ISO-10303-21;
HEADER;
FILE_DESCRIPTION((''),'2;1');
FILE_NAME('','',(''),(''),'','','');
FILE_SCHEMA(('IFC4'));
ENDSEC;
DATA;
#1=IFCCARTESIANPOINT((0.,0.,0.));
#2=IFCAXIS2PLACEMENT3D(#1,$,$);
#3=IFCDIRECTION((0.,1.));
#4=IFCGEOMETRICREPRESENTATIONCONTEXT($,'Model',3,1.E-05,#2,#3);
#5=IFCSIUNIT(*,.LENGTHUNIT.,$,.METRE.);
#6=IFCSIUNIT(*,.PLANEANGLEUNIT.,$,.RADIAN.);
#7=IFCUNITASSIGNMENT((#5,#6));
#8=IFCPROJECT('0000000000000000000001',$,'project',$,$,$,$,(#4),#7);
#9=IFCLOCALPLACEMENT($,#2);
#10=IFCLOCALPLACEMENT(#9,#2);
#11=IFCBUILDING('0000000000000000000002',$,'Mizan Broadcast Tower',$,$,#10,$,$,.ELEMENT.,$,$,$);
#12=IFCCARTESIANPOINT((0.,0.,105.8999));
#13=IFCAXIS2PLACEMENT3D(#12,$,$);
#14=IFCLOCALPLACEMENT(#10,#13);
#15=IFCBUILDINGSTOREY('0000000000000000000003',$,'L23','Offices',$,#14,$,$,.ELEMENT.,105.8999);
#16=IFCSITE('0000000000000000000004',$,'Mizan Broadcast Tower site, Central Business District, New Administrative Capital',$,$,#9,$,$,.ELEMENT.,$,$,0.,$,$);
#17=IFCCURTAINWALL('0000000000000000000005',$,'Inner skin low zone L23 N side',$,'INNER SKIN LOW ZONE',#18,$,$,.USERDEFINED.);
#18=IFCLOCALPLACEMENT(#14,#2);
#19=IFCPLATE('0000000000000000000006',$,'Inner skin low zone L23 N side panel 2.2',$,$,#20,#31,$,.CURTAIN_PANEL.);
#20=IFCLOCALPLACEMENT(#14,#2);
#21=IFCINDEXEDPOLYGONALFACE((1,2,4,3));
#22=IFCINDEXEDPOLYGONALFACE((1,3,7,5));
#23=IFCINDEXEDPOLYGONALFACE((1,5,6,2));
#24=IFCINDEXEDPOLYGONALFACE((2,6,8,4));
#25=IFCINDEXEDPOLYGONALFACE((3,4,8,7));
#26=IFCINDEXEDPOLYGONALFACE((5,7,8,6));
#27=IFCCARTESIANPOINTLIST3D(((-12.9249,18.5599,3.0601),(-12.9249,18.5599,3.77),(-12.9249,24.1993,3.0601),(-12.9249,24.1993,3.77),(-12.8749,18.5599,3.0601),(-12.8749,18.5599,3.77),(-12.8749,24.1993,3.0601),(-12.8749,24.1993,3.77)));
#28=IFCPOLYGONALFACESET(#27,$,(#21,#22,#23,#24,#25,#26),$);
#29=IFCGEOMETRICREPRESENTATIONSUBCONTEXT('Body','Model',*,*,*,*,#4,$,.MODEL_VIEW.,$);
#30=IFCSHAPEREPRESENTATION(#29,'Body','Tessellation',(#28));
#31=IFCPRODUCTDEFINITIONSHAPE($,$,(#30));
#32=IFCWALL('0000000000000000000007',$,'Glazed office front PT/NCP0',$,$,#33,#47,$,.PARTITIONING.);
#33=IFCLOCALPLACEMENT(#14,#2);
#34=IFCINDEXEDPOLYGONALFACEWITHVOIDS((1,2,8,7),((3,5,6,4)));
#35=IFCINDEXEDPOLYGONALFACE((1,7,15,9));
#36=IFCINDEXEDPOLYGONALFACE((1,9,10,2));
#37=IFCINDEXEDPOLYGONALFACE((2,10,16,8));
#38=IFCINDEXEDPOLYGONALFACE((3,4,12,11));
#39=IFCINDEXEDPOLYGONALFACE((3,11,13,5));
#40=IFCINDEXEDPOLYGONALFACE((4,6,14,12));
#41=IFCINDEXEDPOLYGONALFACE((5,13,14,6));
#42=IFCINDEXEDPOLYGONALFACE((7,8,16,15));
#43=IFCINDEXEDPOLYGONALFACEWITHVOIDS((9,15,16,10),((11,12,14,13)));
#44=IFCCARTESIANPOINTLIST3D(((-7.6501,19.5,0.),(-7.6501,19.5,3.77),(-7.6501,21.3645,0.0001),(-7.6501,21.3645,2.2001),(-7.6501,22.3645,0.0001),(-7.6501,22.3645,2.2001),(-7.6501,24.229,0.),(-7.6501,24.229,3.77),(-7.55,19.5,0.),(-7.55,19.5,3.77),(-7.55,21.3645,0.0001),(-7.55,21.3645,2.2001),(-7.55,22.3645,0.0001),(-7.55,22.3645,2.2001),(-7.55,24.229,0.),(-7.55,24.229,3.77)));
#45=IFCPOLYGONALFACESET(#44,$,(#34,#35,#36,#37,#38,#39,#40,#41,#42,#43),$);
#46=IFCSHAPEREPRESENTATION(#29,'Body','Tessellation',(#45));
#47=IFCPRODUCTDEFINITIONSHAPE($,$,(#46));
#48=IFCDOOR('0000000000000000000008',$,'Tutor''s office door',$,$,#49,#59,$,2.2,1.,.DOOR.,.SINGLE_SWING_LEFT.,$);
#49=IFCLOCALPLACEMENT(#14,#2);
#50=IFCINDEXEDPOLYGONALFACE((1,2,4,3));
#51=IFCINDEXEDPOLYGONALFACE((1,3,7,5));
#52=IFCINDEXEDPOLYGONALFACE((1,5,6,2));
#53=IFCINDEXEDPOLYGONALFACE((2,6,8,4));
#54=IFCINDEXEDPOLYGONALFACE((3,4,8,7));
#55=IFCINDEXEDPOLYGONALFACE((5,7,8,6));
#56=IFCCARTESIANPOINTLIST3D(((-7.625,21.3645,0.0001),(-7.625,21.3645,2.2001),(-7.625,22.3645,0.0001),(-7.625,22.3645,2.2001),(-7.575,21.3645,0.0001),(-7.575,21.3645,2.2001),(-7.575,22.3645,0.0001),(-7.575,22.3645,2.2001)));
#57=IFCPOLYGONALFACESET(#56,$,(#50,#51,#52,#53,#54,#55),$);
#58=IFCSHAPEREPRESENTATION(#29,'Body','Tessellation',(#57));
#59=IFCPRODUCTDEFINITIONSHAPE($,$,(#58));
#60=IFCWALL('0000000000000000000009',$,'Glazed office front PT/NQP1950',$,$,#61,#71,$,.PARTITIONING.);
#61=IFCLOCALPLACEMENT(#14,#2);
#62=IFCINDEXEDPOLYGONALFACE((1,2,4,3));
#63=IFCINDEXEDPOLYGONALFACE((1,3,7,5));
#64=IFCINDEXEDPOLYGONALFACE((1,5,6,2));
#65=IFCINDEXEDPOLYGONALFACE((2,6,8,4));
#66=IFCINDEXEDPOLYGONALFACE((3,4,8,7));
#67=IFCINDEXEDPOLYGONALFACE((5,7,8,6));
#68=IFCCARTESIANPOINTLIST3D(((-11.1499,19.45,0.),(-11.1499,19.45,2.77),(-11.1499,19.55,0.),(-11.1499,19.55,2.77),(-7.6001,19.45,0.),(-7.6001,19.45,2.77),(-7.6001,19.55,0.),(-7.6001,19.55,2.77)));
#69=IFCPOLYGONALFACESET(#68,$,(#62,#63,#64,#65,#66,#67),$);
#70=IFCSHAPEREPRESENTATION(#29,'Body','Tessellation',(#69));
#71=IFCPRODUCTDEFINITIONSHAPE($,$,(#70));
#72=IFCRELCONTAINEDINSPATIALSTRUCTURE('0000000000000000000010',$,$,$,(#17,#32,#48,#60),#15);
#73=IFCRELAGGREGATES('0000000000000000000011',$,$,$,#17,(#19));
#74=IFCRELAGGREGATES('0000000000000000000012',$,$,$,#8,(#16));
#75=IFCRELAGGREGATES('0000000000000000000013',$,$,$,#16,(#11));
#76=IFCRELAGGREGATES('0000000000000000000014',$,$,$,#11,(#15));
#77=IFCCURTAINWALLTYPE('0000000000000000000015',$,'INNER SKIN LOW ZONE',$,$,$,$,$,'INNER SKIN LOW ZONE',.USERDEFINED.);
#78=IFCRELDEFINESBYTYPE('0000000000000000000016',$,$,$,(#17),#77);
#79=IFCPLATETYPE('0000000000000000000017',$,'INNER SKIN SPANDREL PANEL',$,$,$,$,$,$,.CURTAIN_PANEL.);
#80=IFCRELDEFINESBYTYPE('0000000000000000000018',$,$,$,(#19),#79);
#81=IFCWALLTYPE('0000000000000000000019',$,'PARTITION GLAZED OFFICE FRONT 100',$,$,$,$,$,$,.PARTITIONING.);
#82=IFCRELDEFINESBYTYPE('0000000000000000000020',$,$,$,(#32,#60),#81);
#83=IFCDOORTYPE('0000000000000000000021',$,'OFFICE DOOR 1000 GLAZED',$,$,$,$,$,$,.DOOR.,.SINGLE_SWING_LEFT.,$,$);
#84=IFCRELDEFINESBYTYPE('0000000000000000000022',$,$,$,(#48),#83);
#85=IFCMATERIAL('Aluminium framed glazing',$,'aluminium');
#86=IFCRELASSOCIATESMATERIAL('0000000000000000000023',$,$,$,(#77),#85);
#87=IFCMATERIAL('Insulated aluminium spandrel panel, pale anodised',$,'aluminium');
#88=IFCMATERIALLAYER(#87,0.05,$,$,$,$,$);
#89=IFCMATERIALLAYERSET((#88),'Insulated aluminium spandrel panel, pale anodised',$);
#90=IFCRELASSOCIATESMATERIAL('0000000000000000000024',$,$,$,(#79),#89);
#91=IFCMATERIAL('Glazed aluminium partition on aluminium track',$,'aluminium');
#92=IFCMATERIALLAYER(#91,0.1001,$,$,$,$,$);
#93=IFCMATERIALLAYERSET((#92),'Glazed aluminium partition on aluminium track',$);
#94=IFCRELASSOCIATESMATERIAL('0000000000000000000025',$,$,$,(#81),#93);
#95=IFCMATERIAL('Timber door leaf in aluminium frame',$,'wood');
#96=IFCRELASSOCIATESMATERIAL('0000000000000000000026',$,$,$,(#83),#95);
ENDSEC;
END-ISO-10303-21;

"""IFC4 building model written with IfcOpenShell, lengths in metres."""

from ifc_helpers import new_model, si_unit, direction, frame, frame_2d, origin, origin_2d, place, context, subcontext, project, spatial, rectangle, extrude, material, layer, layer_set, type_object, element, fill, aggregate, save


model = new_model("IFC4")

# Units and contexts
model_context = context("Model", 3, precision=1e-05, world=origin(), true_north=direction((0.0, 1.0)))
body_context = subcontext(model_context, "Body", "Model", "MODEL_VIEW")
ifc_project = project(units=[si_unit("LENGTHUNIT", "METRE"), si_unit("PLANEANGLEUNIT", "RADIAN")], contexts=[model_context])

# Site, building, storey
site_placement = place(None, origin())
site = spatial("IfcSite", under=ifc_project, at=site_placement, Name="Mizan Broadcast Tower site, Central Business District, New Administrative Capital", CompositionType="ELEMENT", RefElevation=0.0)
building_placement = place(site_placement, origin())
building = spatial("IfcBuilding", under=site, at=building_placement, Name="Mizan Broadcast Tower", CompositionType="ELEMENT")
storey_placement = place(building_placement, frame((0.0, 0.0, 105.8999)))
storey = spatial("IfcBuildingStorey", under=building, at=storey_placement, Name="L23", Description="Offices", CompositionType="ELEMENT", Elevation=105.8999)

# Curtain wall, plate
ifc_material_1 = material(Name="Aluminium framed glazing", Category="aluminium")
curtain_wall_type = type_object("IfcCurtainWallType", Name="INNER SKIN LOW ZONE", ElementType="INNER SKIN LOW ZONE", PredefinedType="USERDEFINED", material=ifc_material_1)
curtain_wall_placement = place(storey_placement, origin())
curtain_wall = element("IfcCurtainWall", 1, at=curtain_wall_placement, inside=storey, type_object=curtain_wall_type, Name="Inner skin low zone L23 N side", ObjectType="INNER SKIN LOW ZONE", PredefinedType="USERDEFINED")
ifc_material_2 = material(Name="Insulated aluminium spandrel panel, pale anodised", Category="aluminium")
ifc_layer_1 = layer(ifc_material_2, 0.05)
ifc_layer_set_1 = layer_set([ifc_layer_1], Name="Insulated aluminium spandrel panel, pale anodised")
plate_type = type_object("IfcPlateType", Name="INNER SKIN SPANDREL PANEL", PredefinedType="CURTAIN_PANEL", material=ifc_layer_set_1)
plate_placement = place(storey_placement, frame((-12.8999, 21.3796, 3.0601), z_axis=(0.0, 0.0, 1.0), x_axis=(0.0, -1.0, 0.0)))
plate = element("IfcPlate", 2, at=plate_placement, type_object=plate_type, Name="Inner skin low zone L23 N side panel 2.2", PredefinedType="CURTAIN_PANEL", context=body_context, shape_type="SweptSolid", body=[
    extrude(rectangle(XDim=5.6394, YDim=0.05, at=origin_2d()), origin(), (0.0, 0.0, 1.0), 0.71),
])
aggregate(curtain_wall, [plate])

# Wall, opening, door
ifc_material_3 = material(Name="Glazed aluminium partition on aluminium track", Category="aluminium")
ifc_layer_2 = layer(ifc_material_3, 0.1001)
ifc_layer_set_2 = layer_set([ifc_layer_2], Name="Glazed aluminium partition on aluminium track")
wall_type = type_object("IfcWallType", Name="PARTITION GLAZED OFFICE FRONT 100", PredefinedType="PARTITIONING", material=ifc_layer_set_2)
wall_1_placement = place(storey_placement, frame((-7.6001, 19.5, 0.0), z_axis=(0.0, 0.0, 1.0), x_axis=(0.0, 1.0, 0.0)))
wall_1 = element("IfcWall", 3, at=wall_1_placement, inside=storey, type_object=wall_type, Name="Glazed office front PT/NCP0", PredefinedType="PARTITIONING", context=body_context, shape_type="SweptSolid", body=[
    extrude(rectangle(XDim=4.729, YDim=0.1001, at=frame_2d((2.3645, 0.0))), origin(), (0.0, 0.0, 1.0), 3.77),
])
opening_placement = place(wall_1_placement, frame((1.8645, 0.0, 0.0)))
opening = element("IfcOpeningElement", 4, at=opening_placement, cuts=wall_1, PredefinedType="OPENING", context=body_context, shape_type="SweptSolid", body=[
    extrude(rectangle(XDim=1.0, YDim=2.2, at=frame_2d((0.5, 1.1001))), frame((0.0, 0.0601, 0.0), z_axis=(0.0, -1.0, 0.0), x_axis=(1.0, 0.0, 0.0)), (0.0, 0.0, 1.0), 0.1201),
])
ifc_material_4 = material(Name="Timber door leaf in aluminium frame", Category="wood")
door_type = type_object("IfcDoorType", Name="OFFICE DOOR 1000 GLAZED", OperationType="SINGLE_SWING_LEFT", PredefinedType="DOOR", material=ifc_material_4)
door_placement = place(opening_placement, origin())
door = element("IfcDoor", 5, at=door_placement, inside=storey, type_object=door_type, Name="Tutor's office door", OperationType="SINGLE_SWING_LEFT", OverallHeight=2.2, OverallWidth=1.0, PredefinedType="DOOR", context=body_context, shape_type="SweptSolid", body=[
    extrude(rectangle(XDim=1.0, YDim=2.2, at=frame_2d((0.5, 1.1001))), frame((0.0, 0.0249, 0.0), z_axis=(0.0, -1.0, 0.0), x_axis=(1.0, 0.0, 0.0)), (0.0, 0.0, 1.0), 0.05),
])
fill(opening, door)

# Wall
wall_2_placement = place(storey_placement, frame((-7.6001, 19.5, 0.0), z_axis=(0.0, 0.0, 1.0), x_axis=(-1.0, 0.0, 0.0)))
element("IfcWall", 6, at=wall_2_placement, inside=storey, type_object=wall_type, Name="Glazed office front PT/NQP1950", PredefinedType="PARTITIONING", context=body_context, shape_type="SweptSolid", body=[
    extrude(rectangle(XDim=3.5498, YDim=0.1001, at=frame_2d((1.7749, 0.0))), origin(), (0.0, 0.0, 1.0), 2.77),
])

save(model, "model.ifc")
